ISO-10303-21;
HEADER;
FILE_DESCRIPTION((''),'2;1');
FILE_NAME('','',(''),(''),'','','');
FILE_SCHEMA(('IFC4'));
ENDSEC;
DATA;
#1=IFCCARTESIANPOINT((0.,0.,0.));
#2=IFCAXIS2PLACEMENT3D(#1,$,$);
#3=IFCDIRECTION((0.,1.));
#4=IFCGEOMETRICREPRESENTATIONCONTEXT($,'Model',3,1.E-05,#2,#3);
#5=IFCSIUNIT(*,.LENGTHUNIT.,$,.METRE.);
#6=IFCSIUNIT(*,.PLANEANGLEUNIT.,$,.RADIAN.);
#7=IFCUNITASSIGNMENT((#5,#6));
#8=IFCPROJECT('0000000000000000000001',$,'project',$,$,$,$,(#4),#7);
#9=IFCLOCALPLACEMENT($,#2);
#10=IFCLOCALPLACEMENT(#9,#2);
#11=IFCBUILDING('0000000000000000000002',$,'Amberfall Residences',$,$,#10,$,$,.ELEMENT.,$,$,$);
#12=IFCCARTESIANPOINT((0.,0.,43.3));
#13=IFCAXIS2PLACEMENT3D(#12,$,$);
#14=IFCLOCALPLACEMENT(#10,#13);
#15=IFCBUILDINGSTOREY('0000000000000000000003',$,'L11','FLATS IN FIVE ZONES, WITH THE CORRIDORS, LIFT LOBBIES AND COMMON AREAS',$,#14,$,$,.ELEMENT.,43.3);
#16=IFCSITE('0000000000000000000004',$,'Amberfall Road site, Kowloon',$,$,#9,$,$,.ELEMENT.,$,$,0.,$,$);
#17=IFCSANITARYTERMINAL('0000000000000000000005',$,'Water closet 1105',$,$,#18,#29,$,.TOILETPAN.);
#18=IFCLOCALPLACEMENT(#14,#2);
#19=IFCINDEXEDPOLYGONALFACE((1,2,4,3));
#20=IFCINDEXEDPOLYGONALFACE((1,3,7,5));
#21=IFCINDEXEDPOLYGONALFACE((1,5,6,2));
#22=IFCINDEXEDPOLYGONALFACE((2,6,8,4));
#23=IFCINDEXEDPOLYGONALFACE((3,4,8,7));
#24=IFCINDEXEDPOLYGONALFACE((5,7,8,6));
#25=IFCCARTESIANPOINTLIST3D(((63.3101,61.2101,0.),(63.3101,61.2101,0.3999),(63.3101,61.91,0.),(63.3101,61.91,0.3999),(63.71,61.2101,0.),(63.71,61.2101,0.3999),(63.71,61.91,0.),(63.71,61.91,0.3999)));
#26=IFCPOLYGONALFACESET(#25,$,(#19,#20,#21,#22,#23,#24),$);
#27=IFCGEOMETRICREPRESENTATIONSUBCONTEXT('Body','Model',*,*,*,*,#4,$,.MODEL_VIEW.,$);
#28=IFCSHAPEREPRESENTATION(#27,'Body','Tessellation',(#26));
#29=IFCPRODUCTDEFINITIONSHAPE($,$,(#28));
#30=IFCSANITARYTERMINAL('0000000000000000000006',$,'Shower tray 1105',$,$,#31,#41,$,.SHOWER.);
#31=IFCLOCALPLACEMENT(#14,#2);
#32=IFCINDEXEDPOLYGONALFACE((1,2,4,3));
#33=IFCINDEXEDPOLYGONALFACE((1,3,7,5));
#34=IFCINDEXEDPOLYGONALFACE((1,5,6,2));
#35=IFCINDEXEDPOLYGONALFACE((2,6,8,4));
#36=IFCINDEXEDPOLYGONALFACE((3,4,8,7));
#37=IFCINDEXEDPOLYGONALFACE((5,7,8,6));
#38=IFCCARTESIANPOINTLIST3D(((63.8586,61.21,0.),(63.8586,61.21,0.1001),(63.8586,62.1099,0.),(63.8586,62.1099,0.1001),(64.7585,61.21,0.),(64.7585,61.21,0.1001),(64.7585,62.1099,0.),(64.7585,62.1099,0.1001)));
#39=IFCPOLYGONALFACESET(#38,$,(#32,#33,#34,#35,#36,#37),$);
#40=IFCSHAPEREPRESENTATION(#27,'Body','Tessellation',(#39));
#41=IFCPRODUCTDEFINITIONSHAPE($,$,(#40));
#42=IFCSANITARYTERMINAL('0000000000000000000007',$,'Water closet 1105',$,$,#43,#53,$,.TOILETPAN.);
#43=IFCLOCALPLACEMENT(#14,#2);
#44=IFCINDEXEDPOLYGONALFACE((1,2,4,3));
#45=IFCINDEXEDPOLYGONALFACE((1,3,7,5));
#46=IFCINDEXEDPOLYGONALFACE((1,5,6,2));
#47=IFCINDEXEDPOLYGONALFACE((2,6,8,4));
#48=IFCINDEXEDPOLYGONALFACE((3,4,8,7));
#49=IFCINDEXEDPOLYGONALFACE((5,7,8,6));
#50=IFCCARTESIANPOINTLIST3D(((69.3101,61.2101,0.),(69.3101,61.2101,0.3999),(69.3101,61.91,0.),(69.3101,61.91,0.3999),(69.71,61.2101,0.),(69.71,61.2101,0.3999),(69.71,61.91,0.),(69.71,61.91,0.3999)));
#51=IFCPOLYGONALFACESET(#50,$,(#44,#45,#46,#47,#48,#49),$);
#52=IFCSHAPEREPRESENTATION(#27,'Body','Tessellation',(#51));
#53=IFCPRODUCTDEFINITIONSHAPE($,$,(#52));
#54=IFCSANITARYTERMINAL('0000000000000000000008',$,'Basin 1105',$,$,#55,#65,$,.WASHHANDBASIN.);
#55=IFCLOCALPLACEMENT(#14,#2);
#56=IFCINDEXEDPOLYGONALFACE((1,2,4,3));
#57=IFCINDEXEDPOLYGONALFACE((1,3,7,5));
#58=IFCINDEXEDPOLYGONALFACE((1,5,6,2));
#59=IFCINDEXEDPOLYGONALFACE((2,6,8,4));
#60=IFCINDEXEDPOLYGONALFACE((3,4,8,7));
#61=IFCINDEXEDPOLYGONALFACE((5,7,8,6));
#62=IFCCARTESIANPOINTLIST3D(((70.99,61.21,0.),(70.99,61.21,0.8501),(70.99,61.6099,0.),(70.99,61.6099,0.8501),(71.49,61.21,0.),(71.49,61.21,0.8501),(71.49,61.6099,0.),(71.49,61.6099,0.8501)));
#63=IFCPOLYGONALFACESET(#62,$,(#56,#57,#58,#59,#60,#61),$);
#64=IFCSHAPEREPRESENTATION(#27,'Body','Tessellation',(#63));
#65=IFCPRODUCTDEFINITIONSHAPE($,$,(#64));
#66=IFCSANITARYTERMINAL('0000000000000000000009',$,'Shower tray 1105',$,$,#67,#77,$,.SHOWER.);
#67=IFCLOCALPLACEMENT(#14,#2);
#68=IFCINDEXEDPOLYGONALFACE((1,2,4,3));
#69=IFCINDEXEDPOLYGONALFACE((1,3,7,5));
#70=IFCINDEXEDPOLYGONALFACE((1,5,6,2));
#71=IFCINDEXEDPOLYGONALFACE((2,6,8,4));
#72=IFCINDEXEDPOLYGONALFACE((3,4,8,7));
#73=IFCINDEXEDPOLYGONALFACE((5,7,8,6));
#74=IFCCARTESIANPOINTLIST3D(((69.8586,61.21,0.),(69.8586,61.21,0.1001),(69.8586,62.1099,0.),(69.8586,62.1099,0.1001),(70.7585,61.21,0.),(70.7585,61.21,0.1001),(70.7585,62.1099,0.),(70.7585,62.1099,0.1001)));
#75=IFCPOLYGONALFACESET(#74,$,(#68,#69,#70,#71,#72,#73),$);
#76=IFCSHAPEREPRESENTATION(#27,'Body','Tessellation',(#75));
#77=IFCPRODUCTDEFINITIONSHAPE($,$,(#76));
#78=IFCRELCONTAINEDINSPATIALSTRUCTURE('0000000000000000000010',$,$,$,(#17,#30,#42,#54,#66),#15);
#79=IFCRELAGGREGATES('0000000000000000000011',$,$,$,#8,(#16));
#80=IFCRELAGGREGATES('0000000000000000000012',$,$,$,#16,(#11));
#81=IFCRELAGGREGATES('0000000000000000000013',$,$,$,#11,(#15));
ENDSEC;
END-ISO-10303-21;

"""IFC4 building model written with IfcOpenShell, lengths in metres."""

from ifc_helpers import new_model, si_unit, direction, frame, origin, origin_2d, place, context, subcontext, project, spatial, rectangle, extrude, element, save


model = new_model("IFC4")

# Units and contexts
model_context = context("Model", 3, precision=1e-05, world=origin(), true_north=direction((0.0, 1.0)))
body_context = subcontext(model_context, "Body", "Model", "MODEL_VIEW")
ifc_project = project(units=[si_unit("LENGTHUNIT", "METRE"), si_unit("PLANEANGLEUNIT", "RADIAN")], contexts=[model_context])

# Site, building, storey
site_placement = place(None, origin())
site = spatial("IfcSite", under=ifc_project, at=site_placement, Name="Amberfall Road site, Kowloon", CompositionType="ELEMENT", RefElevation=0.0)
building_placement = place(site_placement, origin())
building = spatial("IfcBuilding", under=site, at=building_placement, Name="Amberfall Residences", CompositionType="ELEMENT")
storey_placement = place(building_placement, frame((0.0, 0.0, 43.3)))
storey = spatial("IfcBuildingStorey", under=building, at=storey_placement, Name="L11", Description="FLATS IN FIVE ZONES, WITH THE CORRIDORS, LIFT LOBBIES AND COMMON AREAS", CompositionType="ELEMENT", Elevation=43.3)

# Sanitary terminals
sanitary_terminal_1_placement = place(storey_placement, frame((63.51, 61.5601, 0.0), z_axis=(0.0, 0.0, 1.0), x_axis=(1.0, 0.0, 0.0)))
element("IfcSanitaryTerminal", 1, at=sanitary_terminal_1_placement, inside=storey, Name="Water closet 1105", PredefinedType="TOILETPAN", context=body_context, shape_type="SweptSolid", body=[
    extrude(rectangle(XDim=0.3999, YDim=0.7, at=origin_2d()), origin(), (0.0, 0.0, 1.0), 0.3999),
])
sanitary_terminal_2_placement = place(storey_placement, frame((64.3086, 61.6599, 0.0), z_axis=(0.0, 0.0, 1.0), x_axis=(1.0, 0.0, 0.0)))
element("IfcSanitaryTerminal", 2, at=sanitary_terminal_2_placement, inside=storey, Name="Shower tray 1105", PredefinedType="SHOWER", context=body_context, shape_type="SweptSolid", body=[
    extrude(rectangle(XDim=0.8999, YDim=0.8999, at=origin_2d()), origin(), (0.0, 0.0, 1.0), 0.1001),
])
sanitary_terminal_3_placement = place(storey_placement, frame((69.51, 61.5601, 0.0), z_axis=(0.0, 0.0, 1.0), x_axis=(1.0, 0.0, 0.0)))
element("IfcSanitaryTerminal", 3, at=sanitary_terminal_3_placement, inside=storey, Name="Water closet 1105", PredefinedType="TOILETPAN", context=body_context, shape_type="SweptSolid", body=[
    extrude(rectangle(XDim=0.3999, YDim=0.7, at=origin_2d()), origin(), (0.0, 0.0, 1.0), 0.3999),
])
sanitary_terminal_4_placement = place(storey_placement, frame((71.24, 61.4099, 0.0), z_axis=(0.0, 0.0, 1.0), x_axis=(1.0, 0.0, 0.0)))
element("IfcSanitaryTerminal", 4, at=sanitary_terminal_4_placement, inside=storey, Name="Basin 1105", PredefinedType="WASHHANDBASIN", context=body_context, shape_type="SweptSolid", body=[
    extrude(rectangle(XDim=0.5, YDim=0.3999, at=origin_2d()), origin(), (0.0, 0.0, 1.0), 0.8501),
])
sanitary_terminal_5_placement = place(storey_placement, frame((70.3086, 61.6599, 0.0), z_axis=(0.0, 0.0, 1.0), x_axis=(1.0, 0.0, 0.0)))
element("IfcSanitaryTerminal", 5, at=sanitary_terminal_5_placement, inside=storey, Name="Shower tray 1105", PredefinedType="SHOWER", context=body_context, shape_type="SweptSolid", body=[
    extrude(rectangle(XDim=0.8999, YDim=0.8999, at=origin_2d()), origin(), (0.0, 0.0, 1.0), 0.1001),
])

save(model, "model.ifc")
